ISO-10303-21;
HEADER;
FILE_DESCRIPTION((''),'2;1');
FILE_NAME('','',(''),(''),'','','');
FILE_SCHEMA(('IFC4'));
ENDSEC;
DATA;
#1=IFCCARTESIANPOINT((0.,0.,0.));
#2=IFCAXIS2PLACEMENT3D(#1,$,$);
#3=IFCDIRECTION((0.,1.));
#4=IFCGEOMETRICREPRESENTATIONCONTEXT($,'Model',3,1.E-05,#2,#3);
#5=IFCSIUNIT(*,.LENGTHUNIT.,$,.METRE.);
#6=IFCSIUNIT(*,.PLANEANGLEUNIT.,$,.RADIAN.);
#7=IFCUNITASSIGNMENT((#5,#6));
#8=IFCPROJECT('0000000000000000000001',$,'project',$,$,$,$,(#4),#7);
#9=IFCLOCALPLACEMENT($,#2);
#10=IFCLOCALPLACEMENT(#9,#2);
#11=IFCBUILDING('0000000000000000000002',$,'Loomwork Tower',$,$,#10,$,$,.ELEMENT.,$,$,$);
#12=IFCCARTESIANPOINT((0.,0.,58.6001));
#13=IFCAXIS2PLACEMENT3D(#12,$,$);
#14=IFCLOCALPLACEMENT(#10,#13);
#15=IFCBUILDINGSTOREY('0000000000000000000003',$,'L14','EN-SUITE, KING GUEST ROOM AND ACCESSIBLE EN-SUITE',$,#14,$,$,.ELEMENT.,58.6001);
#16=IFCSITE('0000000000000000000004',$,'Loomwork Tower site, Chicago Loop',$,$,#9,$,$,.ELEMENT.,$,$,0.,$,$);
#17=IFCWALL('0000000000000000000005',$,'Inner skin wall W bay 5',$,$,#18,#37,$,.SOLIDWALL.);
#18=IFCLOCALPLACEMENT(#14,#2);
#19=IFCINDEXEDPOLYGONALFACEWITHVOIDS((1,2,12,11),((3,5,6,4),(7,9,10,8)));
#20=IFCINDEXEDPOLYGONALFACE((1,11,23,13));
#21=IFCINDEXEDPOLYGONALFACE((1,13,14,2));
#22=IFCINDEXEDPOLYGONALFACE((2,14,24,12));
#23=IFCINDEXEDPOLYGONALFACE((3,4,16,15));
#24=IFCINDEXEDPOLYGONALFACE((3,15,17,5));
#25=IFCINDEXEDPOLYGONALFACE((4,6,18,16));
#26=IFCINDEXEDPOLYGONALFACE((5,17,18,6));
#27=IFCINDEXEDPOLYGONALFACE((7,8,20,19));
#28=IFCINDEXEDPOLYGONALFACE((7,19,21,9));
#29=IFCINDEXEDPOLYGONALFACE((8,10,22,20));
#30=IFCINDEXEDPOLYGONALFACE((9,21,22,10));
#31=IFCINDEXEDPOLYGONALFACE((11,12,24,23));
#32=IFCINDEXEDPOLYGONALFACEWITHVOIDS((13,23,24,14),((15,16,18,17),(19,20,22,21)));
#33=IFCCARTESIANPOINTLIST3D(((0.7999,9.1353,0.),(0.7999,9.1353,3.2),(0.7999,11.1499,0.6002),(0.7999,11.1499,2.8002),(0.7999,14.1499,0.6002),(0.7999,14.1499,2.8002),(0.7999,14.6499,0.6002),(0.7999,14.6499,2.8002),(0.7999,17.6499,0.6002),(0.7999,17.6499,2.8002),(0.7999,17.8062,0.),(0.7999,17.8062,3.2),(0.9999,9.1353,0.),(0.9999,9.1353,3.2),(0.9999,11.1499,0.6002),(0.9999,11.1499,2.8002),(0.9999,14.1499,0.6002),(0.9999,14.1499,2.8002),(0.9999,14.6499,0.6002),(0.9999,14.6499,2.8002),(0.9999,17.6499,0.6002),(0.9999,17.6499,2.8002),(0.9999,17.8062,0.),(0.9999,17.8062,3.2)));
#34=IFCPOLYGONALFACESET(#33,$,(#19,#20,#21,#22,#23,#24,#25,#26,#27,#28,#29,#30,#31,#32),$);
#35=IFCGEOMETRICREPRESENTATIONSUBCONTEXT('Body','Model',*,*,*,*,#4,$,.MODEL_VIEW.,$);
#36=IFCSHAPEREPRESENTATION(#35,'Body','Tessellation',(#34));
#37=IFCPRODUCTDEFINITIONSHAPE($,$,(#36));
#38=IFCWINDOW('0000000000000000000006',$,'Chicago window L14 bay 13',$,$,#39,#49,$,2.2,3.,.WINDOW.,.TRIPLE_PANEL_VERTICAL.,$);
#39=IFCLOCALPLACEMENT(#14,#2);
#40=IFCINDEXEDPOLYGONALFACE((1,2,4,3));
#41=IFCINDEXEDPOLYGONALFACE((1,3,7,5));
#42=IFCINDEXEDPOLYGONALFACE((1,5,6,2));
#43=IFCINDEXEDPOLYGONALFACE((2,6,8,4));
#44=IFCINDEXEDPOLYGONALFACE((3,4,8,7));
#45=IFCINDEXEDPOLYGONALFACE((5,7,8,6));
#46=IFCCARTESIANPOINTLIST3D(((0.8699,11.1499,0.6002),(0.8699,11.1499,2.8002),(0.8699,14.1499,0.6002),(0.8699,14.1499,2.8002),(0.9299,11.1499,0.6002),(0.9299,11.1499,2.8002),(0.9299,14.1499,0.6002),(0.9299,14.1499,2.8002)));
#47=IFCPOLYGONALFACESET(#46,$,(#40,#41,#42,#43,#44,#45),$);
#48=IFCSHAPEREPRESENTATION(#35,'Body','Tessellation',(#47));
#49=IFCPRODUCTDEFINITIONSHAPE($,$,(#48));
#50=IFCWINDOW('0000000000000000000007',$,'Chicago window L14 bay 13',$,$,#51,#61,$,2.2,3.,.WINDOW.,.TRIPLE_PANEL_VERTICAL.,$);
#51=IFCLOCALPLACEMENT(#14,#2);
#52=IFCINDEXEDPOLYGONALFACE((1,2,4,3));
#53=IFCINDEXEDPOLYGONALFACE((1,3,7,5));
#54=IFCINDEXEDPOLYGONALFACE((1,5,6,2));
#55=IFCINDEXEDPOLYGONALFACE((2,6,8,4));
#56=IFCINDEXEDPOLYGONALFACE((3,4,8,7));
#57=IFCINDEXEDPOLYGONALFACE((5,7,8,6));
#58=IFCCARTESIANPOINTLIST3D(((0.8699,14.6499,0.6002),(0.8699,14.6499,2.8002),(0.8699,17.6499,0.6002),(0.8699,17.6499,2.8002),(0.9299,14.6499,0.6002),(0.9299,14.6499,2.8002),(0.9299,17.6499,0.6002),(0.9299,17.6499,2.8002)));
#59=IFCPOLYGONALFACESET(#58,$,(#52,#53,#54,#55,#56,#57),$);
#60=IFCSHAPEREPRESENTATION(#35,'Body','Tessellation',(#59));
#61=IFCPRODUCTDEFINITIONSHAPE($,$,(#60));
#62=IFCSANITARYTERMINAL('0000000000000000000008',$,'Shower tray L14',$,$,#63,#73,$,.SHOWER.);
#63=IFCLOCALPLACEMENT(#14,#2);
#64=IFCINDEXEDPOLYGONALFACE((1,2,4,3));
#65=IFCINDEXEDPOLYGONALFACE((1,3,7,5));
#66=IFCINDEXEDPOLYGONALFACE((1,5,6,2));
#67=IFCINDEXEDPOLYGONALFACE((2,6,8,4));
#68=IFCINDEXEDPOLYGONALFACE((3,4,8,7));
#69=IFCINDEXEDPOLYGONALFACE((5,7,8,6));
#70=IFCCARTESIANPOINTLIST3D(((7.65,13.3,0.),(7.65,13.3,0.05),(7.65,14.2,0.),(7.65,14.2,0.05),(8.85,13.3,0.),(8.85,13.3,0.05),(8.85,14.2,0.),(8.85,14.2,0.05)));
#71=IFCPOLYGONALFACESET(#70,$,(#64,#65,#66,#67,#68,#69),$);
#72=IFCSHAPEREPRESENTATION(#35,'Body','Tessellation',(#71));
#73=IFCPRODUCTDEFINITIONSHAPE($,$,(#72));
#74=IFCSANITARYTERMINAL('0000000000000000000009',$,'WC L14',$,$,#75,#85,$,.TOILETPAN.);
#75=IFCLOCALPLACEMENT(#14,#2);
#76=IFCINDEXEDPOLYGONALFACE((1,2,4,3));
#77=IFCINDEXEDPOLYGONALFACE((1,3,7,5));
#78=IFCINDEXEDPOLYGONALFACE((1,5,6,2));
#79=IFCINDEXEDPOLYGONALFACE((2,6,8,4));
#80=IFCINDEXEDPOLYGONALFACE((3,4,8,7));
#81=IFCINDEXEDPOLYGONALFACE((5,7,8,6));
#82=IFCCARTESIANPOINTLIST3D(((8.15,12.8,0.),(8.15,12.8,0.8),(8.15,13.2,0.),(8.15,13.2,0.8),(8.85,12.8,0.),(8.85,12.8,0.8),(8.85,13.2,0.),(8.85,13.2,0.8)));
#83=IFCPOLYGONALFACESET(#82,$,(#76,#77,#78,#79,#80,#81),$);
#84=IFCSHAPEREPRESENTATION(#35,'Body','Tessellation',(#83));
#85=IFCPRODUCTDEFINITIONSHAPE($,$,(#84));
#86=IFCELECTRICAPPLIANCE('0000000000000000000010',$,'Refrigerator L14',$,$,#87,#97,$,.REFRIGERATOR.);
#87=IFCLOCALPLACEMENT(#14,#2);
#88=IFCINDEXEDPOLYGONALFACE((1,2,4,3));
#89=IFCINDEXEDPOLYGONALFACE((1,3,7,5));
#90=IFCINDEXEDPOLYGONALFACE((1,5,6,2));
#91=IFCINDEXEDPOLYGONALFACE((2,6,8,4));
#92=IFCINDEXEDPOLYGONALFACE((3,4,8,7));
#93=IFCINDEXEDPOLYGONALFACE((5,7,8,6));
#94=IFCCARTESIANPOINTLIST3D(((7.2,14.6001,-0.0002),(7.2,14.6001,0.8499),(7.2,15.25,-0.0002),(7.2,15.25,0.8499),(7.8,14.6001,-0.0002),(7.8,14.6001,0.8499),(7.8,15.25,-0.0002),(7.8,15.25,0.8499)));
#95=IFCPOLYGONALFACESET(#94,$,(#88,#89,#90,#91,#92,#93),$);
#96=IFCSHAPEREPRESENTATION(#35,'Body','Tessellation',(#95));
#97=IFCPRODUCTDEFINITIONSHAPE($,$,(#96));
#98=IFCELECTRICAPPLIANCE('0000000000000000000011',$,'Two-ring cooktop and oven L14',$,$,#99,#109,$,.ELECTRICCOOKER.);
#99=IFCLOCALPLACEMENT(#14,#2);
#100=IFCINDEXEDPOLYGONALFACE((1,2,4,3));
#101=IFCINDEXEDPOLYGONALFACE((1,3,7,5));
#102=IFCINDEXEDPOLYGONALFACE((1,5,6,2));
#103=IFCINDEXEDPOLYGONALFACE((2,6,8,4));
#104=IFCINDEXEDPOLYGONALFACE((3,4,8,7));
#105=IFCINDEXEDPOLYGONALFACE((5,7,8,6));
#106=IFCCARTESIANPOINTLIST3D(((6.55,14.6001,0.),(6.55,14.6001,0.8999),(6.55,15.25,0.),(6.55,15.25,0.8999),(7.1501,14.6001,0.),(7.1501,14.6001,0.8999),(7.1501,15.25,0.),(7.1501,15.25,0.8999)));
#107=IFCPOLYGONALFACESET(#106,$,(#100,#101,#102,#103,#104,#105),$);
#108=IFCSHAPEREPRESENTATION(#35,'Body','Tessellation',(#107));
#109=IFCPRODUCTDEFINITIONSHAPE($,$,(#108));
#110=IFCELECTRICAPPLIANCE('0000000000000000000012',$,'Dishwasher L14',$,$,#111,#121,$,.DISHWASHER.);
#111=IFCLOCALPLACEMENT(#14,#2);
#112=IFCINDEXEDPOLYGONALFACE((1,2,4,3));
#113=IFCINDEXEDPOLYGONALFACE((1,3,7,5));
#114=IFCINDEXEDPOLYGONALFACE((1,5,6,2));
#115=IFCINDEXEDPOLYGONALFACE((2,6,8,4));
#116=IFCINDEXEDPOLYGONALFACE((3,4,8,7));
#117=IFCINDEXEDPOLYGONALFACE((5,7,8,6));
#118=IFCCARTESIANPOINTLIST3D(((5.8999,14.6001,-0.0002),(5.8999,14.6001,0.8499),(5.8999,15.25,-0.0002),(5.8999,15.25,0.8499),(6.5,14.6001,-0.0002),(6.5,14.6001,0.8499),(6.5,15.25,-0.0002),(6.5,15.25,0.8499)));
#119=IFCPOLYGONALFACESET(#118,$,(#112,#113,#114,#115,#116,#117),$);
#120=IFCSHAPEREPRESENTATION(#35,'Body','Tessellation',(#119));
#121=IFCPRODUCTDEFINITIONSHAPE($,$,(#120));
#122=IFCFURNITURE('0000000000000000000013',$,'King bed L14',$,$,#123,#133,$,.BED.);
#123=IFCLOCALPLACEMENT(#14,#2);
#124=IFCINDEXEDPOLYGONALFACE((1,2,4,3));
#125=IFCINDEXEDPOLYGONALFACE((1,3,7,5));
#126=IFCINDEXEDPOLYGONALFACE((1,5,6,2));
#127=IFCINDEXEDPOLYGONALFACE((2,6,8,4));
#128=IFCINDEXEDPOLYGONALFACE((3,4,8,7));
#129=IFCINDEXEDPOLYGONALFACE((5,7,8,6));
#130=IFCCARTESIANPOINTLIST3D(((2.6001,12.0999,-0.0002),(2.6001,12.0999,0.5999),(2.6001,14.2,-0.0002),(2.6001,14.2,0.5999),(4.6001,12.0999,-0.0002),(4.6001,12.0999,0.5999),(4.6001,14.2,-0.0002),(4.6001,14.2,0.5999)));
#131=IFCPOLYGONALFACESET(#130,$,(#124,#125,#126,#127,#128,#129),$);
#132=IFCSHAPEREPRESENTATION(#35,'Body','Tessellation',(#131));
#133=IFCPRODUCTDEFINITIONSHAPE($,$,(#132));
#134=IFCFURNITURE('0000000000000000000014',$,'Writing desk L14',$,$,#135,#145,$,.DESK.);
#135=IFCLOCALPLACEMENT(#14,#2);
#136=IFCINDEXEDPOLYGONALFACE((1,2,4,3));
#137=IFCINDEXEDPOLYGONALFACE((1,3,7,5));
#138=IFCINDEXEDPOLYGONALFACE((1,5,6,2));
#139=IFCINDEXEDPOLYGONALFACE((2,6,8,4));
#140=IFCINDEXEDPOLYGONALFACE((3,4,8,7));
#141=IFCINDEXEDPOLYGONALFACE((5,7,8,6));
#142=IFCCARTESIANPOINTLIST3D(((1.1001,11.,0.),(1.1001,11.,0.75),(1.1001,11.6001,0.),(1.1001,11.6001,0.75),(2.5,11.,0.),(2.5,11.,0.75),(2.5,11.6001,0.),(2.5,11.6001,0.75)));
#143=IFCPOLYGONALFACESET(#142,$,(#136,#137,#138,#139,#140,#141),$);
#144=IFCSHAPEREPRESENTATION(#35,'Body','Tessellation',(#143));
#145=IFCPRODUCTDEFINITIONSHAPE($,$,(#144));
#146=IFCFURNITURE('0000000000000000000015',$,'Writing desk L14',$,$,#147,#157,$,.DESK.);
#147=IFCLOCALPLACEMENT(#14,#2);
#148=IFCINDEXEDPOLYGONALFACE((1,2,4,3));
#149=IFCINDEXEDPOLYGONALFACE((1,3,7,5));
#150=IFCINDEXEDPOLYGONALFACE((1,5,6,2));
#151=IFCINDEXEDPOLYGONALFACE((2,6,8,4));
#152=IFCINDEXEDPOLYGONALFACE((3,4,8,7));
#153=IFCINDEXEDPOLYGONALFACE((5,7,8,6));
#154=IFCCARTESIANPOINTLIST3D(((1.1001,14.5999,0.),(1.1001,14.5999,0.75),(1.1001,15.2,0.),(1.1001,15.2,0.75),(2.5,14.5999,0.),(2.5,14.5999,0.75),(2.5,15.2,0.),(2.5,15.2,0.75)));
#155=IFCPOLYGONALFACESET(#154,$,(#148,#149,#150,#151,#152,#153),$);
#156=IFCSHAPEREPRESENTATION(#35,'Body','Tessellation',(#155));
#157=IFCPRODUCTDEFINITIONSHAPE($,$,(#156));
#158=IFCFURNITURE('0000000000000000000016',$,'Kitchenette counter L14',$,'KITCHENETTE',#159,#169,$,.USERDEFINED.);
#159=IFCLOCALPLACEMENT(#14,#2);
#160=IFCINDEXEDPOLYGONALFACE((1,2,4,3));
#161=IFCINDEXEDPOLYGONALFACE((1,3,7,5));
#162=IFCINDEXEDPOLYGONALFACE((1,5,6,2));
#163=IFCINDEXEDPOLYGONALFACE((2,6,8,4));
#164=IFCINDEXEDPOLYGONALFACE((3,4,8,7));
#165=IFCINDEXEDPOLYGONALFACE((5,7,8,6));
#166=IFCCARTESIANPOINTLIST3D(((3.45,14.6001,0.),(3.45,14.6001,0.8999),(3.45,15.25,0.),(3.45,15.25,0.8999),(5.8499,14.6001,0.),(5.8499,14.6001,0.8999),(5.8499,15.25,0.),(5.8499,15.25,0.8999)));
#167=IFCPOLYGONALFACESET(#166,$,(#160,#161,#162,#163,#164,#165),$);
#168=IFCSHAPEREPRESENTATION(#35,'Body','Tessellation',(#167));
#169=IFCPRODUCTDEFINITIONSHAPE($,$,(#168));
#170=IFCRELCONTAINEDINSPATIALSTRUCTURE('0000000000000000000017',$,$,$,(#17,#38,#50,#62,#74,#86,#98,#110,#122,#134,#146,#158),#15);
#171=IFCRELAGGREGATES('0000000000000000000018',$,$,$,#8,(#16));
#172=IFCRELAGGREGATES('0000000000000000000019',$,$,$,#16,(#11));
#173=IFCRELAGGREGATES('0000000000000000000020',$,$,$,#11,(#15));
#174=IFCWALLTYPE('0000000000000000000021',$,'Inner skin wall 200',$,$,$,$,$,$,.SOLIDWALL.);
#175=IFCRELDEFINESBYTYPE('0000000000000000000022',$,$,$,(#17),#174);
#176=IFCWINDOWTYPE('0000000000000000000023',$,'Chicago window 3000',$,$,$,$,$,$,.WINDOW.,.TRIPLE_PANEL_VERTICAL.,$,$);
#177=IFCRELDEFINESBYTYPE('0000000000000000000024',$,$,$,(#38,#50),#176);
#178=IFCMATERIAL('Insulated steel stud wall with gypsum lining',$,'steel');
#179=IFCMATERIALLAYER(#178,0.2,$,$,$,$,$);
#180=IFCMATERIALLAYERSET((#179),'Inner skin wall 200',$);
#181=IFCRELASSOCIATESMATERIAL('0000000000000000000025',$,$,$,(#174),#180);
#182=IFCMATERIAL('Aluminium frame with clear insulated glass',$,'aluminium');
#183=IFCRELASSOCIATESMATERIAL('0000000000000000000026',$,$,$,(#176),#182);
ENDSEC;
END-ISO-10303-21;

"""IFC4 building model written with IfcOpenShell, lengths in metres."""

from ifc_helpers import new_model, si_unit, direction, frame, frame_2d, origin, origin_2d, place, context, subcontext, project, spatial, rectangle, extrude, material, layer, layer_set, type_object, element, fill, save


model = new_model("IFC4")

# Units and contexts
model_context = context("Model", 3, precision=1e-05, world=origin(), true_north=direction((0.0, 1.0)))
body_context = subcontext(model_context, "Body", "Model", "MODEL_VIEW")
ifc_project = project(units=[si_unit("LENGTHUNIT", "METRE"), si_unit("PLANEANGLEUNIT", "RADIAN")], contexts=[model_context])

# Site, building, storey
site_placement = place(None, origin())
site = spatial("IfcSite", under=ifc_project, at=site_placement, Name="Loomwork Tower site, Chicago Loop", CompositionType="ELEMENT", RefElevation=0.0)
building_placement = place(site_placement, origin())
building = spatial("IfcBuilding", under=site, at=building_placement, Name="Loomwork Tower", CompositionType="ELEMENT")
storey_placement = place(building_placement, frame((0.0, 0.0, 58.6001)))
storey = spatial("IfcBuildingStorey", under=building, at=storey_placement, Name="L14", Description="EN-SUITE, KING GUEST ROOM AND ACCESSIBLE EN-SUITE", CompositionType="ELEMENT", Elevation=58.6001)

# Wall, openings, windows
ifc_material_1 = material(Name="Insulated steel stud wall with gypsum lining", Category="steel")
ifc_layer_1 = layer(ifc_material_1, 0.2)
ifc_layer_set_1 = layer_set([ifc_layer_1], Name="Inner skin wall 200")
wall_type_1 = type_object("IfcWallType", Name="Inner skin wall 200", PredefinedType="SOLIDWALL", material=ifc_layer_set_1)
wall_1_placement = place(storey_placement, frame((0.8999, 9.1353, 0.0), z_axis=(0.0, 0.0, 1.0), x_axis=(0.0, 1.0, 0.0)))
wall_1 = element("IfcWall", 1, at=wall_1_placement, inside=storey, type_object=wall_type_1, Name="Inner skin wall W bay 5", PredefinedType="SOLIDWALL", context=body_context, shape_type="SweptSolid", body=[
    extrude(rectangle(XDim=8.6709, YDim=0.2, at=frame_2d((4.3354, 0.0))), origin(), (0.0, 0.0, 1.0), 3.2),
])
opening_1_placement = place(wall_1_placement, frame((2.0146, 0.0, 0.6001)))
opening_1 = element("IfcOpeningElement", 2, at=opening_1_placement, cuts=wall_1, PredefinedType="OPENING", context=body_context, shape_type="SweptSolid", body=[
    extrude(rectangle(XDim=3.0, YDim=2.2, at=frame_2d((1.5, 1.1001))), frame((0.0, 0.1099, 0.0), z_axis=(0.0, -1.0, 0.0), x_axis=(1.0, 0.0, 0.0)), (0.0, 0.0, 1.0), 0.22),
])
opening_2_placement = place(wall_1_placement, frame((5.5146, 0.0, 0.6001)))
opening_2 = element("IfcOpeningElement", 3, at=opening_2_placement, cuts=wall_1, PredefinedType="OPENING", context=body_context, shape_type="SweptSolid", body=[
    extrude(rectangle(XDim=3.0, YDim=2.2, at=frame_2d((1.5, 1.1001))), frame((0.0, 0.1099, 0.0), z_axis=(0.0, -1.0, 0.0), x_axis=(1.0, 0.0, 0.0)), (0.0, 0.0, 1.0), 0.22),
])
ifc_material_2 = material(Name="Aluminium frame with clear insulated glass", Category="aluminium")
window_type = type_object("IfcWindowType", Name="Chicago window 3000", PartitioningType="TRIPLE_PANEL_VERTICAL", PredefinedType="WINDOW", material=ifc_material_2)
window_1_placement = place(opening_1_placement, origin())
window_1 = element("IfcWindow", 4, at=window_1_placement, inside=storey, type_object=window_type, Name="Chicago window L14 bay 13", OverallHeight=2.2, OverallWidth=3.0, PartitioningType="TRIPLE_PANEL_VERTICAL", PredefinedType="WINDOW", context=body_context, shape_type="SweptSolid", body=[
    extrude(rectangle(XDim=3.0, YDim=2.2, at=frame_2d((1.5, 1.1001))), frame((0.0, 0.03, 0.0), z_axis=(0.0, -1.0, 0.0), x_axis=(1.0, 0.0, 0.0)), (0.0, 0.0, 1.0), 0.0601),
])
fill(opening_1, window_1)
window_2_placement = place(opening_2_placement, origin())
window_2 = element("IfcWindow", 5, at=window_2_placement, inside=storey, type_object=window_type, Name="Chicago window L14 bay 13", OverallHeight=2.2, OverallWidth=3.0, PartitioningType="TRIPLE_PANEL_VERTICAL", PredefinedType="WINDOW", context=body_context, shape_type="SweptSolid", body=[
    extrude(rectangle(XDim=3.0, YDim=2.2, at=frame_2d((1.5, 1.1001))), frame((0.0, 0.03, 0.0), z_axis=(0.0, -1.0, 0.0), x_axis=(1.0, 0.0, 0.0)), (0.0, 0.0, 1.0), 0.0601),
])
fill(opening_2, window_2)

# Sanitary terminals
sanitary_terminal_1_placement = place(storey_placement, frame((8.25, 13.75, 0.0), z_axis=(0.0, 0.0, 1.0), x_axis=(1.0, 0.0, 0.0)))
element("IfcSanitaryTerminal", 6, at=sanitary_terminal_1_placement, inside=storey, Name="Shower tray L14", PredefinedType="SHOWER", context=body_context, shape_type="SweptSolid", body=[
    extrude(rectangle(XDim=1.2, YDim=0.8999, at=origin_2d()), origin(), (0.0, 0.0, 1.0), 0.05),
])
sanitary_terminal_2_placement = place(storey_placement, frame((8.5, 13.0, 0.0), z_axis=(0.0, 0.0, 1.0), x_axis=(1.0, 0.0, 0.0)))
element("IfcSanitaryTerminal", 7, at=sanitary_terminal_2_placement, inside=storey, Name="WC L14", PredefinedType="TOILETPAN", context=body_context, shape_type="SweptSolid", body=[
    extrude(rectangle(XDim=0.7, YDim=0.3999, at=origin_2d()), origin(), (0.0, 0.0, 1.0), 0.8),
])

# Electric appliances
electric_appliance_1_placement = place(storey_placement, frame((7.5, 14.925, -0.0002), z_axis=(0.0, 0.0, 1.0), x_axis=(1.0, 0.0, 0.0)))
element("IfcElectricAppliance", 8, at=electric_appliance_1_placement, inside=storey, Name="Refrigerator L14", PredefinedType="REFRIGERATOR", context=body_context, shape_type="SweptSolid", body=[
    extrude(rectangle(XDim=0.6001, YDim=0.6499, at=origin_2d()), origin(), (0.0, 0.0, 1.0), 0.8501),
])
electric_appliance_2_placement = place(storey_placement, frame((6.8501, 14.925, 0.0), z_axis=(0.0, 0.0, 1.0), x_axis=(1.0, 0.0, 0.0)))
element("IfcElectricAppliance", 9, at=electric_appliance_2_placement, inside=storey, Name="Two-ring cooktop and oven L14", PredefinedType="ELECTRICCOOKER", context=body_context, shape_type="SweptSolid", body=[
    extrude(rectangle(XDim=0.6001, YDim=0.6499, at=origin_2d()), origin(), (0.0, 0.0, 1.0), 0.8999),
])
electric_appliance_3_placement = place(storey_placement, frame((6.2, 14.925, -0.0002), z_axis=(0.0, 0.0, 1.0), x_axis=(1.0, 0.0, 0.0)))
element("IfcElectricAppliance", 10, at=electric_appliance_3_placement, inside=storey, Name="Dishwasher L14", PredefinedType="DISHWASHER", context=body_context, shape_type="SweptSolid", body=[
    extrude(rectangle(XDim=0.6001, YDim=0.6499, at=origin_2d()), origin(), (0.0, 0.0, 1.0), 0.8501),
])

# Furniture
furniture_1_placement = place(storey_placement, frame((3.6001, 13.1499, -0.0002), z_axis=(0.0, 0.0, 1.0), x_axis=(1.0, 0.0, 0.0)))
element("IfcFurniture", 11, at=furniture_1_placement, inside=storey, Name="King bed L14", PredefinedType="BED", context=body_context, shape_type="SweptSolid", body=[
    extrude(rectangle(XDim=2.0, YDim=2.1001, at=origin_2d()), origin(), (0.0, 0.0, 1.0), 0.6001),
])
for number, where, z_axis, x_axis, name in (
    (12, (1.8, 11.3, 0.0), (0.0, 0.0, 1.0), (1.0, 0.0, 0.0), "Writing desk L14"),
    (13, (1.8, 14.8999, 0.0), (0.0, 0.0, 1.0), (1.0, 0.0, 0.0), "Writing desk L14"),
):
    element("IfcFurniture", number, at=place(storey_placement, frame(where, z_axis=z_axis, x_axis=x_axis)), inside=storey, Name=name, PredefinedType="DESK", context=body_context, shape_type="SweptSolid", body=[
        extrude(rectangle(XDim=1.3999, YDim=0.6001, at=origin_2d()), origin(), (0.0, 0.0, 1.0), 0.75),
    ])
furniture_2_placement = place(storey_placement, frame((4.6499, 14.925, 0.0), z_axis=(0.0, 0.0, 1.0), x_axis=(1.0, 0.0, 0.0)))
element("IfcFurniture", 14, at=furniture_2_placement, inside=storey, Name="Kitchenette counter L14", ObjectType="KITCHENETTE", PredefinedType="USERDEFINED", context=body_context, shape_type="SweptSolid", body=[
    extrude(rectangle(XDim=2.3999, YDim=0.6499, at=origin_2d()), origin(), (0.0, 0.0, 1.0), 0.8999),
])

save(model, "model.ifc")
